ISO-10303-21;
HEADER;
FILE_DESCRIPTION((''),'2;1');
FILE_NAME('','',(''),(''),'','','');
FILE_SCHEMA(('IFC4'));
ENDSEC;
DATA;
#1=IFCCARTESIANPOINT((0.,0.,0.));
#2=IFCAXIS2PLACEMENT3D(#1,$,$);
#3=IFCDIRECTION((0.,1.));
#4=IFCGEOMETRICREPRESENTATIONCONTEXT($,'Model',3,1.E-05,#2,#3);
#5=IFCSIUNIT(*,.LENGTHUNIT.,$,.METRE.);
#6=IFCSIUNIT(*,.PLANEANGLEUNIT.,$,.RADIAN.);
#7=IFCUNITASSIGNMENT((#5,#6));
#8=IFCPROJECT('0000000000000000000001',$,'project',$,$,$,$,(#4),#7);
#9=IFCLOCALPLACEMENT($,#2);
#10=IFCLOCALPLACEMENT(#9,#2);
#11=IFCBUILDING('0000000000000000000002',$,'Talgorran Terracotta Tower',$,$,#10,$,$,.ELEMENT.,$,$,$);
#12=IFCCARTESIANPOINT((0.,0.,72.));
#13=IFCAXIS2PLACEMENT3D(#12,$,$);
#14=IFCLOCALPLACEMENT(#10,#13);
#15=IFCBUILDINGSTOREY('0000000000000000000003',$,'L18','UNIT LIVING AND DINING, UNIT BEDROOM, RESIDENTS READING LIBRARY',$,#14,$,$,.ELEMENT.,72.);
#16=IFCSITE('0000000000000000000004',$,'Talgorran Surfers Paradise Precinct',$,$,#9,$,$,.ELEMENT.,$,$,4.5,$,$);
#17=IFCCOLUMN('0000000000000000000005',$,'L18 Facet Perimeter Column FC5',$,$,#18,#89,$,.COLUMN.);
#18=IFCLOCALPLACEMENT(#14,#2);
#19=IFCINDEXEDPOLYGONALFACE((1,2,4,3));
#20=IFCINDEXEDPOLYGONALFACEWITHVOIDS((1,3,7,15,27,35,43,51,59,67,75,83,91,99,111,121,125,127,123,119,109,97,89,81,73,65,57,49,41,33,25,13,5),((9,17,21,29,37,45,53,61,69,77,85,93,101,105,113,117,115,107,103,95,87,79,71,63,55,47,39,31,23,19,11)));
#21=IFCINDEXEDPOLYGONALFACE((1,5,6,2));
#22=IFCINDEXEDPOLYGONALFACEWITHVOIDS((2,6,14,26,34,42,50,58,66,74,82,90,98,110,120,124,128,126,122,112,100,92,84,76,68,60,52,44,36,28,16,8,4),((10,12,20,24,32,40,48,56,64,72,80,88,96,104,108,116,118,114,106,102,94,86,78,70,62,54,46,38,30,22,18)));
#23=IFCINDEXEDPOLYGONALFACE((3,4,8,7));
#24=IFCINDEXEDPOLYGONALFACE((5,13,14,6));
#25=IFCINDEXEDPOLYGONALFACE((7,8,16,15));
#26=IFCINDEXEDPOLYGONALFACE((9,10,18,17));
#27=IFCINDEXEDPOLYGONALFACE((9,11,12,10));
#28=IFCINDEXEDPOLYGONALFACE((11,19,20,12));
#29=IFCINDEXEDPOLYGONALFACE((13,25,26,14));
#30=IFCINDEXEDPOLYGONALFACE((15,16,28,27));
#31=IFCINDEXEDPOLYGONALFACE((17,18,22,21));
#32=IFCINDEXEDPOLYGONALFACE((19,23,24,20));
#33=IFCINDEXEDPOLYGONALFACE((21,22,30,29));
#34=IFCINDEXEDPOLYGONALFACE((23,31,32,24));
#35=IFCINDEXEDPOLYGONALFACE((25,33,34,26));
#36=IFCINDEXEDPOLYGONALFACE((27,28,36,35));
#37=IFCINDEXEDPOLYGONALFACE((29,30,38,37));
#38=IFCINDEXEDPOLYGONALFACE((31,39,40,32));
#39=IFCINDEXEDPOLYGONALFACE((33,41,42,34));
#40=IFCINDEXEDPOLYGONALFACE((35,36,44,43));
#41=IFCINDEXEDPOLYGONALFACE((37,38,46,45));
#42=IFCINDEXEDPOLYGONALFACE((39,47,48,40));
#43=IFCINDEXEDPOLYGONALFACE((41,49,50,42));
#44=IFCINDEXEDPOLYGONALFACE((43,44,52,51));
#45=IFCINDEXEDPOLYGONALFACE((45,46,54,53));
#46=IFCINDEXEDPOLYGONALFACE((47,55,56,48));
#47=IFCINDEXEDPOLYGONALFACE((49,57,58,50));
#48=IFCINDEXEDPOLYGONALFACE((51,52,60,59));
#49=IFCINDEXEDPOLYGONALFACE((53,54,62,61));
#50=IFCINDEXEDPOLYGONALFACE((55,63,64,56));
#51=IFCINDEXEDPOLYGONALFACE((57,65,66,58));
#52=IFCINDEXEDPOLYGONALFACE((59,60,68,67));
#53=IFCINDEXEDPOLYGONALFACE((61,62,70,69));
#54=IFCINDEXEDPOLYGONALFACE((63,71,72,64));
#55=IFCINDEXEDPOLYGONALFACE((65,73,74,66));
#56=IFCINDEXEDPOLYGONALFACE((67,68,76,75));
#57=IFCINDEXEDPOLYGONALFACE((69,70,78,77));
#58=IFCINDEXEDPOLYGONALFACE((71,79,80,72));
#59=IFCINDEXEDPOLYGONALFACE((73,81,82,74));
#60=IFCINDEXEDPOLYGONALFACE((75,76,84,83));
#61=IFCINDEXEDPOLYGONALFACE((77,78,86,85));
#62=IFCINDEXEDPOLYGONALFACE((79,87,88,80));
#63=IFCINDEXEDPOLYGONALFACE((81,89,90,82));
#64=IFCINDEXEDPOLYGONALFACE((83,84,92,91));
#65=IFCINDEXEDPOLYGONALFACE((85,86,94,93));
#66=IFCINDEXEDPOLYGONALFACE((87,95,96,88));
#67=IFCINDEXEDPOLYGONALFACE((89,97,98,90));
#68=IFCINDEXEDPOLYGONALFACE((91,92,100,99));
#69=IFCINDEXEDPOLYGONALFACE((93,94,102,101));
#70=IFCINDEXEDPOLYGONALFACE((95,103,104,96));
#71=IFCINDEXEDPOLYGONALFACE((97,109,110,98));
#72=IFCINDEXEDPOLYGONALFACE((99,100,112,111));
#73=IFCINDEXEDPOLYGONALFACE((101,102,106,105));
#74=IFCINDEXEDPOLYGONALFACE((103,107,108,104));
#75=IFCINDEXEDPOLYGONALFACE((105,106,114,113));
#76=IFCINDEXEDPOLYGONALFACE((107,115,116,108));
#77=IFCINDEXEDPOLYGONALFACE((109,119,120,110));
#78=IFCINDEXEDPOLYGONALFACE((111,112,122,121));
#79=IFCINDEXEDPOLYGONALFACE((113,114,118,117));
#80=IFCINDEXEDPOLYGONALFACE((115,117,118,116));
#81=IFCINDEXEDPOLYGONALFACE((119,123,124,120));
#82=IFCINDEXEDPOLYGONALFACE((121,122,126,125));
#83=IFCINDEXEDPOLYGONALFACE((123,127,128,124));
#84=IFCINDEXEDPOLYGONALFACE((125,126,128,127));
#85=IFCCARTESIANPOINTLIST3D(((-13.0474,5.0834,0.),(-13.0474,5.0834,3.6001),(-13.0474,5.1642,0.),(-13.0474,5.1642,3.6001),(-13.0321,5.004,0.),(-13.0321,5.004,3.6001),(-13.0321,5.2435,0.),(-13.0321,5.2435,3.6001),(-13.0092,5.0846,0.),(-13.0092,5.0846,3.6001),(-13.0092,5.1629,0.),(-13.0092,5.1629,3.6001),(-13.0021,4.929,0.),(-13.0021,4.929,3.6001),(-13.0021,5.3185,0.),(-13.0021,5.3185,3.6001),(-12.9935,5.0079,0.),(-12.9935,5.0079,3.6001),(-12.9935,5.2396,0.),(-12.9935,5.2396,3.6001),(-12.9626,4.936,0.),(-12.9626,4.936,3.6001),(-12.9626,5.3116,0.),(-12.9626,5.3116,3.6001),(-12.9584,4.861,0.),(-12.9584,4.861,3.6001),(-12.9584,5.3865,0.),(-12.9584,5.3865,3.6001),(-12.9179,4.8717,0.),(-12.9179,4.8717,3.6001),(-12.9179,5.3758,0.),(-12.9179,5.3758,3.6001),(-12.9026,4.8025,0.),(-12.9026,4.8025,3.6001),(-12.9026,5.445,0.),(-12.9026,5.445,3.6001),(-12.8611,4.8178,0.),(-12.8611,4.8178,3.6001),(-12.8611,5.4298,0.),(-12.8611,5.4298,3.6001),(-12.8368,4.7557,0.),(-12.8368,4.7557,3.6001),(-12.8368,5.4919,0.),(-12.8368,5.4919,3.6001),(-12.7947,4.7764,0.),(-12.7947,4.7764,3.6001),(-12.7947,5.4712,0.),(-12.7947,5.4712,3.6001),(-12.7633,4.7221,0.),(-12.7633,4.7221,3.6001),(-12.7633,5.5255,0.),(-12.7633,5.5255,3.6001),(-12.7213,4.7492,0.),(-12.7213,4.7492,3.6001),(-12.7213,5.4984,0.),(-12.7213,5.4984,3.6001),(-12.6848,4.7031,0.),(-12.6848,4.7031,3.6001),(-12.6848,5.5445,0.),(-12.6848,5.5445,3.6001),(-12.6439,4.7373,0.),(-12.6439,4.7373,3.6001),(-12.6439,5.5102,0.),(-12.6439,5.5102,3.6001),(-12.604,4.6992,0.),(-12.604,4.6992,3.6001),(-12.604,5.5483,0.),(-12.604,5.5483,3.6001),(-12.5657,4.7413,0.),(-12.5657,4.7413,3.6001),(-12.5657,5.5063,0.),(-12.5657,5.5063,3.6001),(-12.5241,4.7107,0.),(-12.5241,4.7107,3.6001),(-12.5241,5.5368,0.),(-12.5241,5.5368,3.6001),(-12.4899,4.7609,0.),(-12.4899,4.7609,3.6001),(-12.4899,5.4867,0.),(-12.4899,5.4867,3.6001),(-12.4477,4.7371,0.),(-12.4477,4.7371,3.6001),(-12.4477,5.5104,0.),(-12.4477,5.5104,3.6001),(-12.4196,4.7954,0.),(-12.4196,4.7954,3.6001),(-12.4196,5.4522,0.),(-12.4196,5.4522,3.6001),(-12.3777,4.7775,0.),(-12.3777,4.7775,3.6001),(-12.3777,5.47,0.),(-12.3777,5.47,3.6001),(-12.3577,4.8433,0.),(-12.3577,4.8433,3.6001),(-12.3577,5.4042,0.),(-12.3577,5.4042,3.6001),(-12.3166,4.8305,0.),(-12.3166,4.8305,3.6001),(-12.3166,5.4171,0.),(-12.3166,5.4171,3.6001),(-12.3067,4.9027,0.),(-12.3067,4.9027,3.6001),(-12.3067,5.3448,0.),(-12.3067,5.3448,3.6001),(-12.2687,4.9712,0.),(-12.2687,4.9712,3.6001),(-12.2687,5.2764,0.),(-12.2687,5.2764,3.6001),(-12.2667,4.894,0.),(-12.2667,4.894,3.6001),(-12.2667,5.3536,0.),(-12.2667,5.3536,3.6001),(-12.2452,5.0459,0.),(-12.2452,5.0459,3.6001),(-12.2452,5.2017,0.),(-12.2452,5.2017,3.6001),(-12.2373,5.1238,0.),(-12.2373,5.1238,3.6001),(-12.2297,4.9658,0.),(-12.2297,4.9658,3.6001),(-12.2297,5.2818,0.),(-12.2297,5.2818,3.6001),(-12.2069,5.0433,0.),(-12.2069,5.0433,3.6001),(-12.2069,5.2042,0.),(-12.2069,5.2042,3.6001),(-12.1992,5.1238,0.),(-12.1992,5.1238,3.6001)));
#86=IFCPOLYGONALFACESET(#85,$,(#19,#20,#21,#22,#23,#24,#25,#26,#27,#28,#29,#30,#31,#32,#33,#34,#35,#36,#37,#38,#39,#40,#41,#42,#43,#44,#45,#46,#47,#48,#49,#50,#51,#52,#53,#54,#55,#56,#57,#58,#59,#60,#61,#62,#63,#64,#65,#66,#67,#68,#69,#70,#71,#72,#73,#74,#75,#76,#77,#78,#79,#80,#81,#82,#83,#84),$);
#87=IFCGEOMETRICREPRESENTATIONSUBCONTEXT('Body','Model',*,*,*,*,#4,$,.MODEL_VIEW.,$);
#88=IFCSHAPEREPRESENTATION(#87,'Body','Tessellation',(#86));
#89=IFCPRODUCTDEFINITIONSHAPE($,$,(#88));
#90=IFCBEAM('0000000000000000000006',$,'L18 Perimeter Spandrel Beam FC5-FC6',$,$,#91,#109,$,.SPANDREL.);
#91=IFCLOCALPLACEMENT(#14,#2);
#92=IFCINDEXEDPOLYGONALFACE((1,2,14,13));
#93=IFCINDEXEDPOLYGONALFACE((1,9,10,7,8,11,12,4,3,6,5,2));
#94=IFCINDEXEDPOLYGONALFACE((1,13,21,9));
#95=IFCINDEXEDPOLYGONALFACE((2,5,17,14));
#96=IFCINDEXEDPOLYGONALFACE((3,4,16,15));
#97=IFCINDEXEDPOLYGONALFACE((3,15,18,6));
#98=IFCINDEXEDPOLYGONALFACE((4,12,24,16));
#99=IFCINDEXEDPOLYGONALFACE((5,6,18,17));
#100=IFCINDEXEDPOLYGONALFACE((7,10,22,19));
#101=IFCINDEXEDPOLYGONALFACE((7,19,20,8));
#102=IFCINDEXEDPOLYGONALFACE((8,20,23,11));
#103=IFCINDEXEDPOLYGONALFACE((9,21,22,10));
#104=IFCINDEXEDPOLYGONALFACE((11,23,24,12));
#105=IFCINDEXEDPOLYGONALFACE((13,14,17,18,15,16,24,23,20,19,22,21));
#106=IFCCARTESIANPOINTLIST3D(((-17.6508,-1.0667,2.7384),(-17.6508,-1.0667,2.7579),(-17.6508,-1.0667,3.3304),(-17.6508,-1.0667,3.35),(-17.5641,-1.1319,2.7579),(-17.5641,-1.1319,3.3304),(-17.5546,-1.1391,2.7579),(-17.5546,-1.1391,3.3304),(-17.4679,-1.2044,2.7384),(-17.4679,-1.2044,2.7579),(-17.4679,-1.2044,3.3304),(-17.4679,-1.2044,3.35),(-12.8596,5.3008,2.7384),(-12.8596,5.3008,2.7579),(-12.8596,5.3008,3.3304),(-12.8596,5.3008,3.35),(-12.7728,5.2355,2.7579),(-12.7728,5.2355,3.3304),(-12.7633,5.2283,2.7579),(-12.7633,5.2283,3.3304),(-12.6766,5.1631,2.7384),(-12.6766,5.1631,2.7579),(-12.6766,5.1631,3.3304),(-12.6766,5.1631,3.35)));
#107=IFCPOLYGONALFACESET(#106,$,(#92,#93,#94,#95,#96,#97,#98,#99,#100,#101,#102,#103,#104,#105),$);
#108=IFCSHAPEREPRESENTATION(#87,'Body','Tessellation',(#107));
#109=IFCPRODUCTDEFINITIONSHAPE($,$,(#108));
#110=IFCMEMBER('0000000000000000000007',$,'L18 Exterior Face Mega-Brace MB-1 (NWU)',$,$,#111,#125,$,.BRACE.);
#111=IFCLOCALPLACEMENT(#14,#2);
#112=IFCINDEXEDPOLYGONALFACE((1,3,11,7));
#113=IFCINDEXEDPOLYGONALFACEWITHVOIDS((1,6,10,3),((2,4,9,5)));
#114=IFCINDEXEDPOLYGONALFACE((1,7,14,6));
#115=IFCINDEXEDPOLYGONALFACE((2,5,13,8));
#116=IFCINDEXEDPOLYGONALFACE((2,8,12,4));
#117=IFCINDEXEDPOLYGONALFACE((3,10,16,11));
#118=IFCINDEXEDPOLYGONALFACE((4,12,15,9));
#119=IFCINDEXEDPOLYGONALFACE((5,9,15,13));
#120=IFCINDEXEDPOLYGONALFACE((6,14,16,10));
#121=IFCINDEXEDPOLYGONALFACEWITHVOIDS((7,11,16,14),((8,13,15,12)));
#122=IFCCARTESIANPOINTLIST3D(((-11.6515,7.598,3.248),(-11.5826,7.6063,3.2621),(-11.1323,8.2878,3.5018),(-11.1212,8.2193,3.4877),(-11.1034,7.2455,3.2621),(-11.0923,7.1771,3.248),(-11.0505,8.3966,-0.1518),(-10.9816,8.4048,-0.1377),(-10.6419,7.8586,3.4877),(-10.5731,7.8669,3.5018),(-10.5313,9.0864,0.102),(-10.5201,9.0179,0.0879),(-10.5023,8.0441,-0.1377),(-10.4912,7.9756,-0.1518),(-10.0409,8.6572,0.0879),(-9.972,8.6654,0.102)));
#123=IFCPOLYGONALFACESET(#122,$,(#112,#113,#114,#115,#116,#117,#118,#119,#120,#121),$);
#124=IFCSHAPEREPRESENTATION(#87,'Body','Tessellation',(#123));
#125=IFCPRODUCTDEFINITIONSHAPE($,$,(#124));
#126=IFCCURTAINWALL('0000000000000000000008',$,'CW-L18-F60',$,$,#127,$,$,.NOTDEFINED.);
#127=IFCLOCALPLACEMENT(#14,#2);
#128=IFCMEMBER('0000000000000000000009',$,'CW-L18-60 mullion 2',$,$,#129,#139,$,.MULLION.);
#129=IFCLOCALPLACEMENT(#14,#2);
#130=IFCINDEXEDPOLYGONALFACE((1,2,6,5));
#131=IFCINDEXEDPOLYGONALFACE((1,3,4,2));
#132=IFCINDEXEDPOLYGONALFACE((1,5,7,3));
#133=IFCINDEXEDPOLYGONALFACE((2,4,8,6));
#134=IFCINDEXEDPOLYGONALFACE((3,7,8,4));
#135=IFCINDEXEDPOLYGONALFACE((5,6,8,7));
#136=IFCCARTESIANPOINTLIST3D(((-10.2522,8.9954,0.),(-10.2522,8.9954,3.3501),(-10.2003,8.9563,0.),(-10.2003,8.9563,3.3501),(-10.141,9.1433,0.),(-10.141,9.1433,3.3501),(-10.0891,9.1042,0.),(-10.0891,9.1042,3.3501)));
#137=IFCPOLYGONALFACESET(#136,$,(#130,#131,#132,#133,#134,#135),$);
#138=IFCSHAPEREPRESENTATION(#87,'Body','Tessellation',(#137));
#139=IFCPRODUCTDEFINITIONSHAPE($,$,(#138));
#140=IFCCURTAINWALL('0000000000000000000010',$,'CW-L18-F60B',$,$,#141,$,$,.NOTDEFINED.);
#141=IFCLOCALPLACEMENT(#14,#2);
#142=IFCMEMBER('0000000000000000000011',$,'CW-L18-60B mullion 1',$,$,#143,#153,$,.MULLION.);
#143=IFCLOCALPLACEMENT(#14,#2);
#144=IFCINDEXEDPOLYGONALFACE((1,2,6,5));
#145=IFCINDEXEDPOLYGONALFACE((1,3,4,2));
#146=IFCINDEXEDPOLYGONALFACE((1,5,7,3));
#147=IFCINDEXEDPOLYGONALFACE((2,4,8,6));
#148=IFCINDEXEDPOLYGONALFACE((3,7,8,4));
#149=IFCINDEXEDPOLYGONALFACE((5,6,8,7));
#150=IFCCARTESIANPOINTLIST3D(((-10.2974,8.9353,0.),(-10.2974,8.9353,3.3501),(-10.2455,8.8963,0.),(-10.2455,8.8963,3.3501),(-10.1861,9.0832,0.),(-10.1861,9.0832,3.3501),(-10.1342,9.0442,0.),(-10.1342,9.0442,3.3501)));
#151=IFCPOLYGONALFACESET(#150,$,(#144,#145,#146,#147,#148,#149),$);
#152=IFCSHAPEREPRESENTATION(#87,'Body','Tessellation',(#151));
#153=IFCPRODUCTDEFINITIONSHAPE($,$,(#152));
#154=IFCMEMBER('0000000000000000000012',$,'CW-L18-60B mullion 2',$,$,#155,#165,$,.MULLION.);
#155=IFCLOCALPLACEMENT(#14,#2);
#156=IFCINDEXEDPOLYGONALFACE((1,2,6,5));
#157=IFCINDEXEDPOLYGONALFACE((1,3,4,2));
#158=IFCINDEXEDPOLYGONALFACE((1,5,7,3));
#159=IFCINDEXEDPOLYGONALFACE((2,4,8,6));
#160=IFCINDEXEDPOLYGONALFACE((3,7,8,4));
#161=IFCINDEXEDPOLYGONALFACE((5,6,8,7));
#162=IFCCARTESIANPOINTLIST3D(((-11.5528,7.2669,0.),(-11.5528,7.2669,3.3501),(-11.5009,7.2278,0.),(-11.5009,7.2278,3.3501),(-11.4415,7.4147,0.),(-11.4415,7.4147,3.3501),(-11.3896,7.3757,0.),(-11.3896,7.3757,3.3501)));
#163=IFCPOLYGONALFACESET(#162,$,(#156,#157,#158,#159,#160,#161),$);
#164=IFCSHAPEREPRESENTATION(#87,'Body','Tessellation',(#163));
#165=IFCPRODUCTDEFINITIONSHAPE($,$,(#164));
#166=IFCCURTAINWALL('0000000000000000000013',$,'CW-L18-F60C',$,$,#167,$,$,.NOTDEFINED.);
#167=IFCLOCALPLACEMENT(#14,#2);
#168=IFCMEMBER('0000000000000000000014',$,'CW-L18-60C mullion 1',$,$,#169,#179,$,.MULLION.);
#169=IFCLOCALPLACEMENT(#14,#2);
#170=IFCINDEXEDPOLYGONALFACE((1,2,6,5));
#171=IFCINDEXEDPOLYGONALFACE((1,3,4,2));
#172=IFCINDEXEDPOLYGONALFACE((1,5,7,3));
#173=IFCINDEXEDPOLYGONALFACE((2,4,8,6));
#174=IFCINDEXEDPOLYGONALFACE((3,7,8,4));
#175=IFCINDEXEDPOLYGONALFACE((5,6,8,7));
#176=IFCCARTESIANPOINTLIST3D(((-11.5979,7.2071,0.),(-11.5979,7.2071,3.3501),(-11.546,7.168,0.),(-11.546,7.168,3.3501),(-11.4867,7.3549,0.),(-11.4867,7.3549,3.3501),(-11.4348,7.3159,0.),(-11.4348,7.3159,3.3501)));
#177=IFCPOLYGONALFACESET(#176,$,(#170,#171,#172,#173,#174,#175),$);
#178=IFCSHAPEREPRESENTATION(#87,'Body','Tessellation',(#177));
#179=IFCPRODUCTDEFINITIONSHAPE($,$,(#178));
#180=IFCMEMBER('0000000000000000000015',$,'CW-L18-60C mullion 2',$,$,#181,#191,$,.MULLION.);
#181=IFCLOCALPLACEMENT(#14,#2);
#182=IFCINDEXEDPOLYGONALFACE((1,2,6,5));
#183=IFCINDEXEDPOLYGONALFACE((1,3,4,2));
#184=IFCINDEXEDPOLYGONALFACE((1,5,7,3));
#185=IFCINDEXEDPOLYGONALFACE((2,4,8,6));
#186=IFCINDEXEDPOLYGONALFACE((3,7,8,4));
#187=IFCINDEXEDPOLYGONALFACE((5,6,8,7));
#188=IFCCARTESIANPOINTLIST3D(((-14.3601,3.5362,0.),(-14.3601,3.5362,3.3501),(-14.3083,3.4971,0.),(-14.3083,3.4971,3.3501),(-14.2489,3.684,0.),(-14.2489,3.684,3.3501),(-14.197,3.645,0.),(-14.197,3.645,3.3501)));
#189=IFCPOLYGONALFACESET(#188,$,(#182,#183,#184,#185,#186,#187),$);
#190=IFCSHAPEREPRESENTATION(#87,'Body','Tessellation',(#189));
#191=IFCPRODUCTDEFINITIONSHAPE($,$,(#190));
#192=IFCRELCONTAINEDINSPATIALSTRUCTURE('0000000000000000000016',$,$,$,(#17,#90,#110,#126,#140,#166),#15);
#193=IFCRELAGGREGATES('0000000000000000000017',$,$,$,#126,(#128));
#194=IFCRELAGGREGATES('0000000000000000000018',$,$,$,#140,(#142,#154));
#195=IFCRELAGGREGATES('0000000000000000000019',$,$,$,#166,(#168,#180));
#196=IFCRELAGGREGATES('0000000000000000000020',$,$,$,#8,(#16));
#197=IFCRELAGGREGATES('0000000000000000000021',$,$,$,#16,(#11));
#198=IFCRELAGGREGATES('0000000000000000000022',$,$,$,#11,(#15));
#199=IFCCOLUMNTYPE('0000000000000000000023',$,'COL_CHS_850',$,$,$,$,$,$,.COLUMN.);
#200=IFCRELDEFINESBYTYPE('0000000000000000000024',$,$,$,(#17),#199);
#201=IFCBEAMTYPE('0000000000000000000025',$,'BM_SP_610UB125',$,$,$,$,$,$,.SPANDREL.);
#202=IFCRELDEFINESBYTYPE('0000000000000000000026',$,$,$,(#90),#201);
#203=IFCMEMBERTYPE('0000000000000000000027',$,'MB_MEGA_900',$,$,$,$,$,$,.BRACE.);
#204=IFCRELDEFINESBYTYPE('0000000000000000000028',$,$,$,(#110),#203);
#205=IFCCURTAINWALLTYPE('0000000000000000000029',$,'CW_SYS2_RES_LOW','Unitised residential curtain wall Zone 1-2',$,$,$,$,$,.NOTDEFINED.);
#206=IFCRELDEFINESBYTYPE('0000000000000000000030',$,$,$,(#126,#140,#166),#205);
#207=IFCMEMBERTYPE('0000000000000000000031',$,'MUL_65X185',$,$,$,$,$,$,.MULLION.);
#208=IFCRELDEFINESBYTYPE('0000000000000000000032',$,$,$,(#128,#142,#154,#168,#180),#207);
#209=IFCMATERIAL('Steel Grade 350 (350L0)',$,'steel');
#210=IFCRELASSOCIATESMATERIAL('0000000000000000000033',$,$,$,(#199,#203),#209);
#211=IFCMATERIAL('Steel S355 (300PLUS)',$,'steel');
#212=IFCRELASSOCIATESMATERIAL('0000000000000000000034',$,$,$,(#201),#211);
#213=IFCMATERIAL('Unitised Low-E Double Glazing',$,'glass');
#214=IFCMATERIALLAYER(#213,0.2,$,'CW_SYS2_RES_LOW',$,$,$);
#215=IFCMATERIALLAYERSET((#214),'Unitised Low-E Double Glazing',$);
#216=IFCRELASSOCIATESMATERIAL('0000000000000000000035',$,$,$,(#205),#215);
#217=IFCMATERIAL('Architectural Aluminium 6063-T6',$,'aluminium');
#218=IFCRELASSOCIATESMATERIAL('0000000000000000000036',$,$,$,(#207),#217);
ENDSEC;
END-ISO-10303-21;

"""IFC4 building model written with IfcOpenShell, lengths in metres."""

from ifc_helpers import new_model, si_unit, direction, frame, origin, origin_2d, place, context, subcontext, project, spatial, rectangle, hollow_rectangle, hollow_circle, i_section, extrude, material, layer, layer_set, material_profile, profile_set, type_object, element, aggregate, save


model = new_model("IFC4")

# Units and contexts
model_context = context("Model", 3, precision=1e-05, world=origin(), true_north=direction((0.0, 1.0)))
body_context = subcontext(model_context, "Body", "Model", "MODEL_VIEW")
ifc_project = project(units=[si_unit("LENGTHUNIT", "METRE"), si_unit("PLANEANGLEUNIT", "RADIAN")], contexts=[model_context])

# Site, building, storey
site_placement = place(None, origin())
site = spatial("IfcSite", under=ifc_project, at=site_placement, Name="Talgorran Surfers Paradise Precinct", CompositionType="ELEMENT", RefElevation=4.5)
building_placement = place(site_placement, origin())
building = spatial("IfcBuilding", under=site, at=building_placement, Name="Talgorran Terracotta Tower", CompositionType="ELEMENT")
storey_placement = place(building_placement, frame((0.0, 0.0, 72.0)))
storey = spatial("IfcBuildingStorey", under=building, at=storey_placement, Name="L18", Description="UNIT LIVING AND DINING, UNIT BEDROOM, RESIDENTS READING LIBRARY", CompositionType="ELEMENT", Elevation=72.0)

# Column
ifc_material_1 = material(Name="Steel Grade 350 (350L0)", Category="steel")
ifc_material_profile_1 = material_profile(ifc_material_1, hollow_circle(Radius=0.425, WallThickness=0.0381, at=origin_2d()), Name="CHS850X38")
ifc_profile_set_1 = profile_set([ifc_material_profile_1], Name="Steel Grade 350 (350L0)")
column_type = type_object("IfcColumnType", Name="COL_CHS_850", PredefinedType="COLUMN", material=ifc_profile_set_1)
column_placement = place(storey_placement, frame((-12.6243, 5.1238, 0.0), z_axis=(0.0, 0.0, 1.0), x_axis=(1.0, 0.0, 0.0)))
element("IfcColumn", 1, at=column_placement, inside=storey, type_object=column_type, Name="L18 Facet Perimeter Column FC5", PredefinedType="COLUMN", context=body_context, shape_type="SweptSolid", body=[
    extrude(hollow_circle(Radius=0.425, WallThickness=0.0381, at=origin_2d()), origin(), (0.0, 0.0, 1.0), 3.6001),
])

# Beam
ifc_material_2 = material(Name="Steel S355 (300PLUS)", Category="steel")
ifc_material_profile_2 = material_profile(ifc_material_2, i_section(OverallWidth=0.229, OverallDepth=0.6116, WebThickness=0.012, FlangeThickness=0.0195, at=origin_2d()), Name="610UB125")
ifc_profile_set_2 = profile_set([ifc_material_profile_2], Name="Steel S355 (300PLUS)")
beam_type = type_object("IfcBeamType", Name="BM_SP_610UB125", PredefinedType="SPANDREL", material=ifc_profile_set_2)
beam_placement = place(storey_placement, frame((-12.7681, 5.2319, 3.0442), z_axis=(-0.601259, -0.799054, 0.0), x_axis=(0.799054, -0.601259, 0.0)))
element("IfcBeam", 2, at=beam_placement, inside=storey, type_object=beam_type, Name="L18 Perimeter Spandrel Beam FC5-FC6", PredefinedType="SPANDREL", context=body_context, shape_type="SweptSolid", body=[
    extrude(i_section(OverallWidth=0.229, OverallDepth=0.6116, WebThickness=0.012, FlangeThickness=0.0195, at=origin_2d()), origin(), (0.0, 0.0, 1.0), 7.9688),
])

# Member
ifc_material_profile_3 = material_profile(ifc_material_1, hollow_rectangle(XDim=0.7, YDim=0.8999, WallThickness=0.05, at=origin_2d()), Name="WBOX900X700X50")
ifc_profile_set_3 = profile_set([ifc_material_profile_3], Name="Steel Grade 350 (350L0)")
member_type_1 = type_object("IfcMemberType", Name="MB_MEGA_900", PredefinedType="BRACE", material=ifc_profile_set_3)
member_1_placement = place(storey_placement, frame((-10.5112, 8.531, -0.0249), z_axis=(-0.169614, -0.225348, 0.9594), x_axis=(0.798973, -0.601367, 0.0)))
element("IfcMember", 3, at=member_1_placement, inside=storey, type_object=member_type_1, Name="L18 Exterior Face Mega-Brace MB-1 (NWU)", PredefinedType="BRACE", context=body_context, shape_type="SweptSolid", body=[
    extrude(hollow_rectangle(XDim=0.7, YDim=0.8999, WallThickness=0.05, at=origin_2d()), origin(), (0.0, 0.0, 1.0), 3.5437),
])

# Curtain wall, member
ifc_material_3 = material(Name="Unitised Low-E Double Glazing", Category="glass")
ifc_layer_1 = layer(ifc_material_3, 0.2, Name="CW_SYS2_RES_LOW")
ifc_layer_set_1 = layer_set([ifc_layer_1], Name="Unitised Low-E Double Glazing")
curtain_wall_type = type_object("IfcCurtainWallType", Name="CW_SYS2_RES_LOW", Description="Unitised residential curtain wall Zone 1-2", PredefinedType="NOTDEFINED", material=ifc_layer_set_1)
curtain_wall_1_placement = place(storey_placement, origin())
curtain_wall_1 = element("IfcCurtainWall", 4, at=curtain_wall_1_placement, inside=storey, type_object=curtain_wall_type, Name="CW-L18-F60", PredefinedType="NOTDEFINED")
ifc_material_4 = material(Name="Architectural Aluminium 6063-T6", Category="aluminium")
ifc_material_profile_4 = material_profile(ifc_material_4, rectangle(XDim=0.0649, YDim=0.1851, at=origin_2d()), Name="CWM65X185")
ifc_profile_set_4 = profile_set([ifc_material_profile_4], Name="Architectural Aluminium 6063-T6")
member_type_2 = type_object("IfcMemberType", Name="MUL_65X185", PredefinedType="MULLION", material=ifc_profile_set_4)
member_2_placement = place(storey_placement, frame((-10.1707, 9.0498, 0.0), z_axis=(0.0, 0.0, 1.0), x_axis=(0.799069, -0.601239, 0.0)))
member_2 = element("IfcMember", 5, at=member_2_placement, type_object=member_type_2, Name="CW-L18-60 mullion 2", PredefinedType="MULLION", context=body_context, shape_type="SweptSolid", body=[
    extrude(rectangle(XDim=0.0649, YDim=0.1851, at=origin_2d()), origin(), (0.0, 0.0, 1.0), 3.3501),
])
aggregate(curtain_wall_1, [member_2])

# Curtain walls, members
curtain_wall_2_placement = place(storey_placement, origin())
curtain_wall_2 = element("IfcCurtainWall", 6, at=curtain_wall_2_placement, inside=storey, type_object=curtain_wall_type, Name="CW-L18-F60B", PredefinedType="NOTDEFINED")
member_3_placement = place(storey_placement, frame((-10.2158, 8.9897, 0.0), z_axis=(0.0, 0.0, 1.0), x_axis=(0.799085, -0.601218, 0.0)))
member_3 = element("IfcMember", 7, at=member_3_placement, type_object=member_type_2, Name="CW-L18-60B mullion 1", PredefinedType="MULLION", context=body_context, shape_type="SweptSolid", body=[
    extrude(rectangle(XDim=0.0649, YDim=0.1851, at=origin_2d()), origin(), (0.0, 0.0, 1.0), 3.3501),
])
member_4_placement = place(storey_placement, frame((-11.4712, 7.3213, 0.0), z_axis=(0.0, 0.0, 1.0), x_axis=(0.799085, -0.601218, 0.0)))
member_4 = element("IfcMember", 8, at=member_4_placement, type_object=member_type_2, Name="CW-L18-60B mullion 2", PredefinedType="MULLION", context=body_context, shape_type="SweptSolid", body=[
    extrude(rectangle(XDim=0.0649, YDim=0.1851, at=origin_2d()), origin(), (0.0, 0.0, 1.0), 3.3501),
])
curtain_wall_3_placement = place(storey_placement, origin())
curtain_wall_3 = element("IfcCurtainWall", 9, at=curtain_wall_3_placement, inside=storey, type_object=curtain_wall_type, Name="CW-L18-F60C", PredefinedType="NOTDEFINED")
member_5_placement = place(storey_placement, frame((-11.5164, 7.2615, 0.0), z_axis=(0.0, 0.0, 1.0), x_axis=(0.799061, -0.601249, 0.0)))
member_5 = element("IfcMember", 10, at=member_5_placement, type_object=member_type_2, Name="CW-L18-60C mullion 1", PredefinedType="MULLION", context=body_context, shape_type="SweptSolid", body=[
    extrude(rectangle(XDim=0.0649, YDim=0.1851, at=origin_2d()), origin(), (0.0, 0.0, 1.0), 3.3501),
])
member_6_placement = place(storey_placement, frame((-14.2786, 3.5906, 0.0), z_axis=(0.0, 0.0, 1.0), x_axis=(0.799061, -0.601249, 0.0)))
member_6 = element("IfcMember", 11, at=member_6_placement, type_object=member_type_2, Name="CW-L18-60C mullion 2", PredefinedType="MULLION", context=body_context, shape_type="SweptSolid", body=[
    extrude(rectangle(XDim=0.0649, YDim=0.1851, at=origin_2d()), origin(), (0.0, 0.0, 1.0), 3.3501),
])

aggregate(curtain_wall_2, [member_3, member_4])
aggregate(curtain_wall_3, [member_5, member_6])

save(model, "model.ifc")
